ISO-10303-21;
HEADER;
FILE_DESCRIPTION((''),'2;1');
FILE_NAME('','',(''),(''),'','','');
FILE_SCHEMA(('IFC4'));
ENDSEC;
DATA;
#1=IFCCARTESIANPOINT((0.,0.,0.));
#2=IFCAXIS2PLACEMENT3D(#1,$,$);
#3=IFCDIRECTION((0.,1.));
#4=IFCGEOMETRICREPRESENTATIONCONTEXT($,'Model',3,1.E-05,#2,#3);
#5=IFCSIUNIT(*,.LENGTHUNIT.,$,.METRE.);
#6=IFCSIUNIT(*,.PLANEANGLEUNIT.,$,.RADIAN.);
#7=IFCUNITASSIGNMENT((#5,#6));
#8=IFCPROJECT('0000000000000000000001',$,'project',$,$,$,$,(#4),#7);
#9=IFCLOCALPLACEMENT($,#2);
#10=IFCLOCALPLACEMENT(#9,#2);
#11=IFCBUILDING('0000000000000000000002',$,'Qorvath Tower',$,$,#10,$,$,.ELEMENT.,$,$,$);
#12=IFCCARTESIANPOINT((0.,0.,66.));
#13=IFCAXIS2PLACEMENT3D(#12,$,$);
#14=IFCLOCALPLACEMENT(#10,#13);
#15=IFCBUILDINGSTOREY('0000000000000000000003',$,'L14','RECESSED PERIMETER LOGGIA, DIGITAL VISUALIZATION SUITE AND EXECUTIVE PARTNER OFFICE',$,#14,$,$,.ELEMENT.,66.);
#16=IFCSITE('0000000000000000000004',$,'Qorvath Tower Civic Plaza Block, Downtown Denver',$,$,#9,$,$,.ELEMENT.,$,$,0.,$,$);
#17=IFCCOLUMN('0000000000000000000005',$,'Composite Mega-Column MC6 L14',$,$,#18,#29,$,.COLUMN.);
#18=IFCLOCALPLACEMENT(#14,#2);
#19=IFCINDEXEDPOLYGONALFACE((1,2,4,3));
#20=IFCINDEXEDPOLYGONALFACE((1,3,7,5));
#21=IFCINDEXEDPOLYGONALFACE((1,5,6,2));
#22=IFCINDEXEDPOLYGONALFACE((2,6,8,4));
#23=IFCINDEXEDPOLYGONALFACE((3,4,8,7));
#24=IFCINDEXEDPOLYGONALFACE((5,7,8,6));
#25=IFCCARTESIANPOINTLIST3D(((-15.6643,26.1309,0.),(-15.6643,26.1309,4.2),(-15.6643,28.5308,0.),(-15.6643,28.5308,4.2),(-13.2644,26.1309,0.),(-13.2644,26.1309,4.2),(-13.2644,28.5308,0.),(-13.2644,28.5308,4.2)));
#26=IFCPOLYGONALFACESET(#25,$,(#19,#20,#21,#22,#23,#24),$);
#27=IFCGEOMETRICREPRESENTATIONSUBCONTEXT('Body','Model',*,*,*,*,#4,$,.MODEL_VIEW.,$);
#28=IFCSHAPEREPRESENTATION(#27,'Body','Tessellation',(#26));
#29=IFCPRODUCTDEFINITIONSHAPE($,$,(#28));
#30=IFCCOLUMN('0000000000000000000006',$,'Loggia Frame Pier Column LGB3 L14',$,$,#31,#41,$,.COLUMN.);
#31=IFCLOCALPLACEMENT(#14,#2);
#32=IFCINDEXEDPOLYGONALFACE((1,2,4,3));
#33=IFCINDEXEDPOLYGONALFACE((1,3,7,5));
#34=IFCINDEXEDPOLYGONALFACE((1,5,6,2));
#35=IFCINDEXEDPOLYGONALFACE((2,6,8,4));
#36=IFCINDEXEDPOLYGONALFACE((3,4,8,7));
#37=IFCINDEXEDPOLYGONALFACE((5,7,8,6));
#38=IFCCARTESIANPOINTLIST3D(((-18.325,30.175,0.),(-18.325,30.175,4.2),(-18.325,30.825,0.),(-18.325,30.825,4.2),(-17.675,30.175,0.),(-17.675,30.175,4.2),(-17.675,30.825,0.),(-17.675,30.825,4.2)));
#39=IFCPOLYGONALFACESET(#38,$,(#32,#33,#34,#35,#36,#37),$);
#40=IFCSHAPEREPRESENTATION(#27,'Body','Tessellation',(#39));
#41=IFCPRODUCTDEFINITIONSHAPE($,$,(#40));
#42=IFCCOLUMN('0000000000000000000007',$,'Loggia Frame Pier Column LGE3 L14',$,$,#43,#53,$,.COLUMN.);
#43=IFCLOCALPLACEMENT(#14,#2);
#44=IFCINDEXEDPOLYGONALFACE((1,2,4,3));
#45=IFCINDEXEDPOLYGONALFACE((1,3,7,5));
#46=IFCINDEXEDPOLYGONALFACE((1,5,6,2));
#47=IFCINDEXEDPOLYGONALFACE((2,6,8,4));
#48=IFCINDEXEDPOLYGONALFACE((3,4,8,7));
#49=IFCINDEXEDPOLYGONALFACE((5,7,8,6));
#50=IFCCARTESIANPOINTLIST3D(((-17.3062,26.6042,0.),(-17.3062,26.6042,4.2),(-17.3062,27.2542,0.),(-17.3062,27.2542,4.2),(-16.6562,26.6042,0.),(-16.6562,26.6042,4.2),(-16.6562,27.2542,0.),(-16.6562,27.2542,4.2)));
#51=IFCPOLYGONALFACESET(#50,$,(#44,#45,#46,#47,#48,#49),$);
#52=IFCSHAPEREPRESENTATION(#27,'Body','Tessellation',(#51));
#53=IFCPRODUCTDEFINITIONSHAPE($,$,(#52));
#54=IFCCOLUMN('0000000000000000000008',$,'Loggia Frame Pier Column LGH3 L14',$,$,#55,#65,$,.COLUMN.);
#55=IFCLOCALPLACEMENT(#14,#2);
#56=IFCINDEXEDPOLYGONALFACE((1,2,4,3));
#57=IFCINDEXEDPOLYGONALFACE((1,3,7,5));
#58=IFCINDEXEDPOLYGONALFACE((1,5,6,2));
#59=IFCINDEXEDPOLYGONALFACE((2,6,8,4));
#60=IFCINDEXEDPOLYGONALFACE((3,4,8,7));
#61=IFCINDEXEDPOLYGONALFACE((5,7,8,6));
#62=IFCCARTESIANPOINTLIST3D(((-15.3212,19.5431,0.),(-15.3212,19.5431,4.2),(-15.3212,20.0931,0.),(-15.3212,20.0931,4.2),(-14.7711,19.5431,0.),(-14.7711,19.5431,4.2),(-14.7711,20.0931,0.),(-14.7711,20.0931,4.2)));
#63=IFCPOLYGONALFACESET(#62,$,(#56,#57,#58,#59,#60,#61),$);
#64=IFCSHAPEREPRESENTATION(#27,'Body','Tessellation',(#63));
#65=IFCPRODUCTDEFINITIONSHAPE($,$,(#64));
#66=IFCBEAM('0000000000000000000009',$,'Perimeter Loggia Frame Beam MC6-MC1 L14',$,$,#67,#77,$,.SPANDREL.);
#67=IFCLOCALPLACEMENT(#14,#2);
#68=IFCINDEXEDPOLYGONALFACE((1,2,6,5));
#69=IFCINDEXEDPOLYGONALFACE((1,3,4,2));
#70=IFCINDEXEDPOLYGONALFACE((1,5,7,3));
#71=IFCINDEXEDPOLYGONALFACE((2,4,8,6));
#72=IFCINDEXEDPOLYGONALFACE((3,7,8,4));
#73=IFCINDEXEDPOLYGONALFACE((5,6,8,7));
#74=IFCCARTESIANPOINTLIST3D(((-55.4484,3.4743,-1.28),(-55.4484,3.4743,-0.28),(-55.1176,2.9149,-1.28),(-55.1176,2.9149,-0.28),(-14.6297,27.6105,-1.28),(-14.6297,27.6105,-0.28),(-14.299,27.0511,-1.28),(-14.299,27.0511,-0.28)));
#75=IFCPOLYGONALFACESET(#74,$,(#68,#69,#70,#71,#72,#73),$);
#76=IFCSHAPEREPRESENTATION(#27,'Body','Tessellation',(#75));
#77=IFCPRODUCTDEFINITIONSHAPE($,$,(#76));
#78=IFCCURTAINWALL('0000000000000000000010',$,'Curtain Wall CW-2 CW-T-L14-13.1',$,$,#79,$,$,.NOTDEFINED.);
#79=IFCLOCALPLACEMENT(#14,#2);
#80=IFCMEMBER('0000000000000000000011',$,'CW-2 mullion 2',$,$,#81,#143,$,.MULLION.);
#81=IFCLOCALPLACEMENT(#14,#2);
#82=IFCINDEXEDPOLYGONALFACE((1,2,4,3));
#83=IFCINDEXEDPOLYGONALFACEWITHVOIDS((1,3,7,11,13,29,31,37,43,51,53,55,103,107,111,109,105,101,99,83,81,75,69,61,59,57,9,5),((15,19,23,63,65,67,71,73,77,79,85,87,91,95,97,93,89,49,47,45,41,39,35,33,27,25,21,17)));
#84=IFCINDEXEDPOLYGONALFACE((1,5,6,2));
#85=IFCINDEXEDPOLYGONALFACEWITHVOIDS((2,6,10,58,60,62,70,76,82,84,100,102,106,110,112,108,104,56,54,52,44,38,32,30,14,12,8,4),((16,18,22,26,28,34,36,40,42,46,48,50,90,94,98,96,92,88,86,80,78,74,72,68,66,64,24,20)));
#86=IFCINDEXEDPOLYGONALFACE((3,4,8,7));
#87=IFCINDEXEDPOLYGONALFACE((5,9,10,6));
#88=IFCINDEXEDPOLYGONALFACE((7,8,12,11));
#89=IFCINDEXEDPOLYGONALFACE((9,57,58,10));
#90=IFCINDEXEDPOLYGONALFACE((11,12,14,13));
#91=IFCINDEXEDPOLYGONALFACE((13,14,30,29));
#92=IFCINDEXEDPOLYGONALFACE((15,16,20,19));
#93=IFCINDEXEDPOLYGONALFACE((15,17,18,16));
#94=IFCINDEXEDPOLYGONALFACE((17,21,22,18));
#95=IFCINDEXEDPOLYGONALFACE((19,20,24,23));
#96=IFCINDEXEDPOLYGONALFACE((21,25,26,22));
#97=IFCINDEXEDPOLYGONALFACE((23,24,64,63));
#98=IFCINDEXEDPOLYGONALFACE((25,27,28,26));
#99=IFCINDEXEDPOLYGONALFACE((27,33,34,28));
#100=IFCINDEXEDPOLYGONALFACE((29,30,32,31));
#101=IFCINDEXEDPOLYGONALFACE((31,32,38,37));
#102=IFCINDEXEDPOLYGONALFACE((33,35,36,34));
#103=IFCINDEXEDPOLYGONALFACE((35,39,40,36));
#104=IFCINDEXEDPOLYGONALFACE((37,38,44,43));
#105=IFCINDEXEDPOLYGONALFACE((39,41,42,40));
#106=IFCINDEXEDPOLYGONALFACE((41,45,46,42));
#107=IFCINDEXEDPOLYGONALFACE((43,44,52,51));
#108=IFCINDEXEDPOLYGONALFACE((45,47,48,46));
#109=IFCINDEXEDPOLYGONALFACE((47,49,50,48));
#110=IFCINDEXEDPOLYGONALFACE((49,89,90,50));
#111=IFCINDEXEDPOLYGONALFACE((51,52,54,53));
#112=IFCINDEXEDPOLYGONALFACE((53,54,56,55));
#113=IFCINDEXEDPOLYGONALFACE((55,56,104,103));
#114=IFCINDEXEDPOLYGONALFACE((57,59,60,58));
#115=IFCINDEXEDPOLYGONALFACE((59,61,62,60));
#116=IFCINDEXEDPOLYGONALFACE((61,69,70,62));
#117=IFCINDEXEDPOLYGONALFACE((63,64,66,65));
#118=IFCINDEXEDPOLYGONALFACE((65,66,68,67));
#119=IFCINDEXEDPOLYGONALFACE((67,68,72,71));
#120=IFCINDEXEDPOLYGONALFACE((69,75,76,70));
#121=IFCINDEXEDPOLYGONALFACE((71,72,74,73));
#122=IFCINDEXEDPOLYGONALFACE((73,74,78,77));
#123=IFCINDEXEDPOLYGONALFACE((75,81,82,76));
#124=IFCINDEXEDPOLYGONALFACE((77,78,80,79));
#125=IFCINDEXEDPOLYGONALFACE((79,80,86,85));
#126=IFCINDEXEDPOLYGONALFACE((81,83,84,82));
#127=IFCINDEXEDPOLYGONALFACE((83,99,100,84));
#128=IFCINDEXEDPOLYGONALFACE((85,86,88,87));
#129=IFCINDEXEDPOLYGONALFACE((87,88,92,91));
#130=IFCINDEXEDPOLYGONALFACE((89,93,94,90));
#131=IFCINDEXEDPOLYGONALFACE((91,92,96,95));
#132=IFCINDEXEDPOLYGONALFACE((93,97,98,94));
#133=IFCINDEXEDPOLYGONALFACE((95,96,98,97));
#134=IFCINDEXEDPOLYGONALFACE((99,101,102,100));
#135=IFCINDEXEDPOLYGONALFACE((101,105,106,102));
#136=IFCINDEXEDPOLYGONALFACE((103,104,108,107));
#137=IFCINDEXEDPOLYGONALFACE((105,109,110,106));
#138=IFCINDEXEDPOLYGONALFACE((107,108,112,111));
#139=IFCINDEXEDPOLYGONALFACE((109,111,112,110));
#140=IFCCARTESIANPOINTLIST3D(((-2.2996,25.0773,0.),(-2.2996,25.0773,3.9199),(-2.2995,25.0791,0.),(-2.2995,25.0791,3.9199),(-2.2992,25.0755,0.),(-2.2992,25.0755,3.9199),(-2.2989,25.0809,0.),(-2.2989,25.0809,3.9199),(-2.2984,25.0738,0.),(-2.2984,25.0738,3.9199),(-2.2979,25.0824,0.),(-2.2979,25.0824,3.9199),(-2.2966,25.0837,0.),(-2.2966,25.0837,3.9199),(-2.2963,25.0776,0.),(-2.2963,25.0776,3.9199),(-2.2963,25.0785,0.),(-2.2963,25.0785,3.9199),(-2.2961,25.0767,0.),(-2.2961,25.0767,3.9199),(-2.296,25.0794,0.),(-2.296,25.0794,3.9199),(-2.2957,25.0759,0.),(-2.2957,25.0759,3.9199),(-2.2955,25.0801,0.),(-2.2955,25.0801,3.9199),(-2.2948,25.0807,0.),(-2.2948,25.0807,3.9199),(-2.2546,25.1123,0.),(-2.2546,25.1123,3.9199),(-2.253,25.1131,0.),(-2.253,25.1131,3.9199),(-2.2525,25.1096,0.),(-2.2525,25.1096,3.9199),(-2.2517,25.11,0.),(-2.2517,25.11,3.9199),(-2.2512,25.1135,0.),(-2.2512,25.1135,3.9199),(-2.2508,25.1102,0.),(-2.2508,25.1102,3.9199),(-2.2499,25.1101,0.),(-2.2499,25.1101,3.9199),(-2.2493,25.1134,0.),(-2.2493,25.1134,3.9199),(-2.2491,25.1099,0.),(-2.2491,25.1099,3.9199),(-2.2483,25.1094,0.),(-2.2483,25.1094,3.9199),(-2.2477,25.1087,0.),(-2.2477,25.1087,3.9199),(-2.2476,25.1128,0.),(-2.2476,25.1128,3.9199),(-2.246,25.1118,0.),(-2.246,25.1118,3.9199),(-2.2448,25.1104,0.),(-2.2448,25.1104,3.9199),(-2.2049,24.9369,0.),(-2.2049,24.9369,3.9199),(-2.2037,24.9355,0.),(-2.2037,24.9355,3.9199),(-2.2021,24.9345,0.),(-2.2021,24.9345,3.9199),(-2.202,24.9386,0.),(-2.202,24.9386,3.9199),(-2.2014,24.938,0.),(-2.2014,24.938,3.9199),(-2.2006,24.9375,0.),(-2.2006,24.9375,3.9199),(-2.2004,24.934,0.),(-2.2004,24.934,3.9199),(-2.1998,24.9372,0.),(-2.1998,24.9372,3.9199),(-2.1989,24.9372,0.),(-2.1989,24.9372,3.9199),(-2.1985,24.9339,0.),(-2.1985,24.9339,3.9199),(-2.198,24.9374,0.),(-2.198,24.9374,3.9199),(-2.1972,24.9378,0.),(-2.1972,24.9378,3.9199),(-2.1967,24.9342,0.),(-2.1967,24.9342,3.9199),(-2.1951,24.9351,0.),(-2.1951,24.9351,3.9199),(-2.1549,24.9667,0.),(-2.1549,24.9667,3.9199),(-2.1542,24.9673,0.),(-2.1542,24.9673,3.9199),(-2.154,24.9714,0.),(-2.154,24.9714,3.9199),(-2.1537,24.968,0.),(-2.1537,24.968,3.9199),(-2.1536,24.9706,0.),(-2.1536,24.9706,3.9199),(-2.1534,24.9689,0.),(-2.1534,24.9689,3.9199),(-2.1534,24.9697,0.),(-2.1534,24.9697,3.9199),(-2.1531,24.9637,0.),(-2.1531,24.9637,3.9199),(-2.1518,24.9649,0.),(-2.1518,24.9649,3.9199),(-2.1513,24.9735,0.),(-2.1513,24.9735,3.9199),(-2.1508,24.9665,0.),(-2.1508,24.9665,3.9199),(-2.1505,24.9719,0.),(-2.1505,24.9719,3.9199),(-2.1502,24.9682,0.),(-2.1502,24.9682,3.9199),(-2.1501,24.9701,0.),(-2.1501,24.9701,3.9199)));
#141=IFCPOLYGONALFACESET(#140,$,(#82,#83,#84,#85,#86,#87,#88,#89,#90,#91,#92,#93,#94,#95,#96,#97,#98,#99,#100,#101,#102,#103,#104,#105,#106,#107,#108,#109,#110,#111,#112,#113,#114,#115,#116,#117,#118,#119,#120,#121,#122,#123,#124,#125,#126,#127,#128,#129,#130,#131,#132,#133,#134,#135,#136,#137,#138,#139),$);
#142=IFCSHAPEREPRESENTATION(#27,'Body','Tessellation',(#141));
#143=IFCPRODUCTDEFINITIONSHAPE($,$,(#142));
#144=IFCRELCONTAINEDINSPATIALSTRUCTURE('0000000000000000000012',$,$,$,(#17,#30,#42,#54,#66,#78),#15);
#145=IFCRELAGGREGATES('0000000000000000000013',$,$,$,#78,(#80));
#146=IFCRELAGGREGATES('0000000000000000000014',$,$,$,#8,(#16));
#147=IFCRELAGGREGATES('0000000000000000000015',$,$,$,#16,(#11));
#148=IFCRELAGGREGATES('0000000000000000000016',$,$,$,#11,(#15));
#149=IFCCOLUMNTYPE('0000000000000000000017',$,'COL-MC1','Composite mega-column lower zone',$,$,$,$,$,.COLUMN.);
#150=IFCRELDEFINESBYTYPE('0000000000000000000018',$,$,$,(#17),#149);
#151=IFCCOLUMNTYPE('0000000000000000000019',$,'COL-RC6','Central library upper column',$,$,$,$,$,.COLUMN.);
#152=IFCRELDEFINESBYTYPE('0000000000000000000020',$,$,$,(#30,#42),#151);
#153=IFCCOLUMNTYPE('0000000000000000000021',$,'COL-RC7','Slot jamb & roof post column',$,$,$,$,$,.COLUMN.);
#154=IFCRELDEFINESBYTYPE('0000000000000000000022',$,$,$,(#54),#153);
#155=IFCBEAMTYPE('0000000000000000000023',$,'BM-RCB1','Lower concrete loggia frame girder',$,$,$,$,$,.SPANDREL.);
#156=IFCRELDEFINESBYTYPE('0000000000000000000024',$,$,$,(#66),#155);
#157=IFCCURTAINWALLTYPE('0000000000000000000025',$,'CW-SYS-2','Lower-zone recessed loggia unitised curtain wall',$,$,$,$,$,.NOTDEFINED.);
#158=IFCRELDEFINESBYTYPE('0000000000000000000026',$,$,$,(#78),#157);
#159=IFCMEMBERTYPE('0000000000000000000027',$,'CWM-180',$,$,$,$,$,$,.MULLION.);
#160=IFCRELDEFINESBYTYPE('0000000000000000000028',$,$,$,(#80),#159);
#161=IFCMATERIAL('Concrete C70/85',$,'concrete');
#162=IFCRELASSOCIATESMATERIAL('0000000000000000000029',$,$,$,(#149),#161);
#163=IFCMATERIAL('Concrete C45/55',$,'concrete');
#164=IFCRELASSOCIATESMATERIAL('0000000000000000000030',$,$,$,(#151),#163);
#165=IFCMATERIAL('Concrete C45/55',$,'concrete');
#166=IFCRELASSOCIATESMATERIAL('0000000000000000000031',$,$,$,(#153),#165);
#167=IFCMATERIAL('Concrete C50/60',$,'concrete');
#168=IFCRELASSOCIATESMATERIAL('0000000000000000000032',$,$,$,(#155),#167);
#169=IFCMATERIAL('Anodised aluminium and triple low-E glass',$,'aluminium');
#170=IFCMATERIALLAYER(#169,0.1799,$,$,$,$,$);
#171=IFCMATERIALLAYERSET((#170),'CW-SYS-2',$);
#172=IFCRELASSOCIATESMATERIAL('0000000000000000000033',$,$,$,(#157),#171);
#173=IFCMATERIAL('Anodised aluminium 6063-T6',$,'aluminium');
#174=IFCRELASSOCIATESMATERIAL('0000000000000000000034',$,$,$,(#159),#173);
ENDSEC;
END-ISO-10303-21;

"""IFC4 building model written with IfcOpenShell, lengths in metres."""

from ifc_helpers import new_model, si_unit, direction, frame, origin, origin_2d, place, context, subcontext, project, spatial, rectangle, hollow_rectangle, extrude, material, layer, layer_set, material_profile, profile_set, type_object, element, aggregate, save


model = new_model("IFC4")

# Units and contexts
model_context = context("Model", 3, precision=1e-05, world=origin(), true_north=direction((0.0, 1.0)))
body_context = subcontext(model_context, "Body", "Model", "MODEL_VIEW")
ifc_project = project(units=[si_unit("LENGTHUNIT", "METRE"), si_unit("PLANEANGLEUNIT", "RADIAN")], contexts=[model_context])

# Site, building, storey
site_placement = place(None, origin())
site = spatial("IfcSite", under=ifc_project, at=site_placement, Name="Qorvath Tower Civic Plaza Block, Downtown Denver", CompositionType="ELEMENT", RefElevation=0.0)
building_placement = place(site_placement, origin())
building = spatial("IfcBuilding", under=site, at=building_placement, Name="Qorvath Tower", CompositionType="ELEMENT")
storey_placement = place(building_placement, frame((0.0, 0.0, 66.0)))
storey = spatial("IfcBuildingStorey", under=building, at=storey_placement, Name="L14", Description="RECESSED PERIMETER LOGGIA, DIGITAL VISUALIZATION SUITE AND EXECUTIVE PARTNER OFFICE", CompositionType="ELEMENT", Elevation=66.0)

# Columns
ifc_material_1 = material(Name="Concrete C70/85", Category="concrete")
ifc_material_profile_1 = material_profile(ifc_material_1, rectangle(XDim=2.3999, YDim=2.3999, at=origin_2d()), Name="MC 2400x2400")
ifc_profile_set_1 = profile_set([ifc_material_profile_1], Name="Concrete C70/85")
column_type_1 = type_object("IfcColumnType", Name="COL-MC1", Description="Composite mega-column lower zone", PredefinedType="COLUMN", material=ifc_profile_set_1)
column_1_placement = place(storey_placement, frame((-14.4644, 27.3308, 0.0), z_axis=(0.0, 0.0, 1.0), x_axis=(1.0, 0.0, 0.0)))
element("IfcColumn", 1, at=column_1_placement, inside=storey, type_object=column_type_1, Name="Composite Mega-Column MC6 L14", PredefinedType="COLUMN", context=body_context, shape_type="SweptSolid", body=[
    extrude(rectangle(XDim=2.3999, YDim=2.3999, at=origin_2d()), origin(), (0.0, 0.0, 1.0), 4.2),
])
ifc_material_2 = material(Name="Concrete C45/55", Category="concrete")
ifc_material_profile_2 = material_profile(ifc_material_2, rectangle(XDim=0.6499, YDim=0.6499, at=origin_2d()), Name="RC 650x650")
ifc_profile_set_2 = profile_set([ifc_material_profile_2], Name="Concrete C45/55")
column_type_2 = type_object("IfcColumnType", Name="COL-RC6", Description="Central library upper column", PredefinedType="COLUMN", material=ifc_profile_set_2)
for number, where, z_axis, x_axis, name in (
    (2, (-18.0, 30.5, 0.0), (0.0, 0.0, 1.0), (1.0, 0.0, 0.0), "Loggia Frame Pier Column LGB3 L14"),
    (3, (-16.9812, 26.9292, 0.0), (0.0, 0.0, 1.0), (1.0, 0.0, 0.0), "Loggia Frame Pier Column LGE3 L14"),
):
    element("IfcColumn", number, at=place(storey_placement, frame(where, z_axis=z_axis, x_axis=x_axis)), inside=storey, type_object=column_type_2, Name=name, PredefinedType="COLUMN", context=body_context, shape_type="SweptSolid", body=[
        extrude(rectangle(XDim=0.6499, YDim=0.6499, at=origin_2d()), origin(), (0.0, 0.0, 1.0), 4.2),
    ])
ifc_material_3 = material(Name="Concrete C45/55", Category="concrete")
ifc_material_profile_3 = material_profile(ifc_material_3, rectangle(XDim=0.55, YDim=0.55, at=origin_2d()), Name="RC 550x550")
ifc_profile_set_3 = profile_set([ifc_material_profile_3], Name="Concrete C45/55")
column_type_3 = type_object("IfcColumnType", Name="COL-RC7", Description="Slot jamb & roof post column", PredefinedType="COLUMN", material=ifc_profile_set_3)
column_2_placement = place(storey_placement, frame((-15.0461, 19.8181, 0.0), z_axis=(0.0, 0.0, 1.0), x_axis=(1.0, 0.0, 0.0)))
element("IfcColumn", 4, at=column_2_placement, inside=storey, type_object=column_type_3, Name="Loggia Frame Pier Column LGH3 L14", PredefinedType="COLUMN", context=body_context, shape_type="SweptSolid", body=[
    extrude(rectangle(XDim=0.55, YDim=0.55, at=origin_2d()), origin(), (0.0, 0.0, 1.0), 4.2),
])

# Beam
ifc_material_4 = material(Name="Concrete C50/60", Category="concrete")
ifc_material_profile_4 = material_profile(ifc_material_4, rectangle(XDim=0.6499, YDim=1.0, at=origin_2d()), Name="RCB 1000x650")
ifc_profile_set_4 = profile_set([ifc_material_profile_4], Name="Concrete C50/60")
beam_type = type_object("IfcBeamType", Name="BM-RCB1", Description="Lower concrete loggia frame girder", PredefinedType="SPANDREL", material=ifc_profile_set_4)
beam_placement = place(storey_placement, frame((-14.4644, 27.3308, -0.78), z_axis=(-0.860777, -0.508982, 0.0), x_axis=(0.508982, -0.860777, 0.0)))
element("IfcBeam", 5, at=beam_placement, inside=storey, type_object=beam_type, Name="Perimeter Loggia Frame Beam MC6-MC1 L14", PredefinedType="SPANDREL", context=body_context, shape_type="SweptSolid", body=[
    extrude(rectangle(XDim=0.6499, YDim=1.0, at=origin_2d()), origin(), (0.0, 0.0, 1.0), 47.4207),
])

# Curtain wall, member
ifc_material_5 = material(Name="Anodised aluminium and triple low-E glass", Category="aluminium")
ifc_layer_1 = layer(ifc_material_5, 0.1799)
ifc_layer_set_1 = layer_set([ifc_layer_1], Name="CW-SYS-2")
curtain_wall_type = type_object("IfcCurtainWallType", Name="CW-SYS-2", Description="Lower-zone recessed loggia unitised curtain wall", PredefinedType="NOTDEFINED", material=ifc_layer_set_1)
curtain_wall_1_placement = place(storey_placement, origin())
curtain_wall_1 = element("IfcCurtainWall", 6, at=curtain_wall_1_placement, inside=storey, type_object=curtain_wall_type, Name="Curtain Wall CW-2 CW-T-L14-13.1", PredefinedType="NOTDEFINED")
ifc_material_6 = material(Name="Anodised aluminium 6063-T6", Category="aluminium")
ifc_material_profile_5 = material_profile(ifc_material_6, hollow_rectangle(XDim=0.0649, YDim=0.1799, WallThickness=0.0034, InnerFilletRadius=0.0034, OuterFilletRadius=0.0071, at=origin_2d()), Name="CWM 180x65")
ifc_profile_set_5 = profile_set([ifc_material_profile_5], Name="Anodised aluminium 6063-T6")
member_type_1 = type_object("IfcMemberType", Name="CWM-180", PredefinedType="MULLION", material=ifc_profile_set_5)
member_1_placement = place(storey_placement, frame((-2.2249, 25.0237, 0.0), z_axis=(0.0, 0.0, 1.0), x_axis=(-0.825792, -0.563974, 0.0)))
member_1 = element("IfcMember", 7, at=member_1_placement, type_object=member_type_1, Name="CW-2 mullion 2", PredefinedType="MULLION", context=body_context, shape_type="SweptSolid", body=[
    extrude(hollow_rectangle(XDim=0.0649, YDim=0.1799, WallThickness=0.0034, InnerFilletRadius=0.0034, OuterFilletRadius=0.0071, at=origin_2d()), origin(), (0.0, 0.0, 1.0), 3.9199),
])

aggregate(curtain_wall_1, [member_1])

save(model, "model.ifc")
